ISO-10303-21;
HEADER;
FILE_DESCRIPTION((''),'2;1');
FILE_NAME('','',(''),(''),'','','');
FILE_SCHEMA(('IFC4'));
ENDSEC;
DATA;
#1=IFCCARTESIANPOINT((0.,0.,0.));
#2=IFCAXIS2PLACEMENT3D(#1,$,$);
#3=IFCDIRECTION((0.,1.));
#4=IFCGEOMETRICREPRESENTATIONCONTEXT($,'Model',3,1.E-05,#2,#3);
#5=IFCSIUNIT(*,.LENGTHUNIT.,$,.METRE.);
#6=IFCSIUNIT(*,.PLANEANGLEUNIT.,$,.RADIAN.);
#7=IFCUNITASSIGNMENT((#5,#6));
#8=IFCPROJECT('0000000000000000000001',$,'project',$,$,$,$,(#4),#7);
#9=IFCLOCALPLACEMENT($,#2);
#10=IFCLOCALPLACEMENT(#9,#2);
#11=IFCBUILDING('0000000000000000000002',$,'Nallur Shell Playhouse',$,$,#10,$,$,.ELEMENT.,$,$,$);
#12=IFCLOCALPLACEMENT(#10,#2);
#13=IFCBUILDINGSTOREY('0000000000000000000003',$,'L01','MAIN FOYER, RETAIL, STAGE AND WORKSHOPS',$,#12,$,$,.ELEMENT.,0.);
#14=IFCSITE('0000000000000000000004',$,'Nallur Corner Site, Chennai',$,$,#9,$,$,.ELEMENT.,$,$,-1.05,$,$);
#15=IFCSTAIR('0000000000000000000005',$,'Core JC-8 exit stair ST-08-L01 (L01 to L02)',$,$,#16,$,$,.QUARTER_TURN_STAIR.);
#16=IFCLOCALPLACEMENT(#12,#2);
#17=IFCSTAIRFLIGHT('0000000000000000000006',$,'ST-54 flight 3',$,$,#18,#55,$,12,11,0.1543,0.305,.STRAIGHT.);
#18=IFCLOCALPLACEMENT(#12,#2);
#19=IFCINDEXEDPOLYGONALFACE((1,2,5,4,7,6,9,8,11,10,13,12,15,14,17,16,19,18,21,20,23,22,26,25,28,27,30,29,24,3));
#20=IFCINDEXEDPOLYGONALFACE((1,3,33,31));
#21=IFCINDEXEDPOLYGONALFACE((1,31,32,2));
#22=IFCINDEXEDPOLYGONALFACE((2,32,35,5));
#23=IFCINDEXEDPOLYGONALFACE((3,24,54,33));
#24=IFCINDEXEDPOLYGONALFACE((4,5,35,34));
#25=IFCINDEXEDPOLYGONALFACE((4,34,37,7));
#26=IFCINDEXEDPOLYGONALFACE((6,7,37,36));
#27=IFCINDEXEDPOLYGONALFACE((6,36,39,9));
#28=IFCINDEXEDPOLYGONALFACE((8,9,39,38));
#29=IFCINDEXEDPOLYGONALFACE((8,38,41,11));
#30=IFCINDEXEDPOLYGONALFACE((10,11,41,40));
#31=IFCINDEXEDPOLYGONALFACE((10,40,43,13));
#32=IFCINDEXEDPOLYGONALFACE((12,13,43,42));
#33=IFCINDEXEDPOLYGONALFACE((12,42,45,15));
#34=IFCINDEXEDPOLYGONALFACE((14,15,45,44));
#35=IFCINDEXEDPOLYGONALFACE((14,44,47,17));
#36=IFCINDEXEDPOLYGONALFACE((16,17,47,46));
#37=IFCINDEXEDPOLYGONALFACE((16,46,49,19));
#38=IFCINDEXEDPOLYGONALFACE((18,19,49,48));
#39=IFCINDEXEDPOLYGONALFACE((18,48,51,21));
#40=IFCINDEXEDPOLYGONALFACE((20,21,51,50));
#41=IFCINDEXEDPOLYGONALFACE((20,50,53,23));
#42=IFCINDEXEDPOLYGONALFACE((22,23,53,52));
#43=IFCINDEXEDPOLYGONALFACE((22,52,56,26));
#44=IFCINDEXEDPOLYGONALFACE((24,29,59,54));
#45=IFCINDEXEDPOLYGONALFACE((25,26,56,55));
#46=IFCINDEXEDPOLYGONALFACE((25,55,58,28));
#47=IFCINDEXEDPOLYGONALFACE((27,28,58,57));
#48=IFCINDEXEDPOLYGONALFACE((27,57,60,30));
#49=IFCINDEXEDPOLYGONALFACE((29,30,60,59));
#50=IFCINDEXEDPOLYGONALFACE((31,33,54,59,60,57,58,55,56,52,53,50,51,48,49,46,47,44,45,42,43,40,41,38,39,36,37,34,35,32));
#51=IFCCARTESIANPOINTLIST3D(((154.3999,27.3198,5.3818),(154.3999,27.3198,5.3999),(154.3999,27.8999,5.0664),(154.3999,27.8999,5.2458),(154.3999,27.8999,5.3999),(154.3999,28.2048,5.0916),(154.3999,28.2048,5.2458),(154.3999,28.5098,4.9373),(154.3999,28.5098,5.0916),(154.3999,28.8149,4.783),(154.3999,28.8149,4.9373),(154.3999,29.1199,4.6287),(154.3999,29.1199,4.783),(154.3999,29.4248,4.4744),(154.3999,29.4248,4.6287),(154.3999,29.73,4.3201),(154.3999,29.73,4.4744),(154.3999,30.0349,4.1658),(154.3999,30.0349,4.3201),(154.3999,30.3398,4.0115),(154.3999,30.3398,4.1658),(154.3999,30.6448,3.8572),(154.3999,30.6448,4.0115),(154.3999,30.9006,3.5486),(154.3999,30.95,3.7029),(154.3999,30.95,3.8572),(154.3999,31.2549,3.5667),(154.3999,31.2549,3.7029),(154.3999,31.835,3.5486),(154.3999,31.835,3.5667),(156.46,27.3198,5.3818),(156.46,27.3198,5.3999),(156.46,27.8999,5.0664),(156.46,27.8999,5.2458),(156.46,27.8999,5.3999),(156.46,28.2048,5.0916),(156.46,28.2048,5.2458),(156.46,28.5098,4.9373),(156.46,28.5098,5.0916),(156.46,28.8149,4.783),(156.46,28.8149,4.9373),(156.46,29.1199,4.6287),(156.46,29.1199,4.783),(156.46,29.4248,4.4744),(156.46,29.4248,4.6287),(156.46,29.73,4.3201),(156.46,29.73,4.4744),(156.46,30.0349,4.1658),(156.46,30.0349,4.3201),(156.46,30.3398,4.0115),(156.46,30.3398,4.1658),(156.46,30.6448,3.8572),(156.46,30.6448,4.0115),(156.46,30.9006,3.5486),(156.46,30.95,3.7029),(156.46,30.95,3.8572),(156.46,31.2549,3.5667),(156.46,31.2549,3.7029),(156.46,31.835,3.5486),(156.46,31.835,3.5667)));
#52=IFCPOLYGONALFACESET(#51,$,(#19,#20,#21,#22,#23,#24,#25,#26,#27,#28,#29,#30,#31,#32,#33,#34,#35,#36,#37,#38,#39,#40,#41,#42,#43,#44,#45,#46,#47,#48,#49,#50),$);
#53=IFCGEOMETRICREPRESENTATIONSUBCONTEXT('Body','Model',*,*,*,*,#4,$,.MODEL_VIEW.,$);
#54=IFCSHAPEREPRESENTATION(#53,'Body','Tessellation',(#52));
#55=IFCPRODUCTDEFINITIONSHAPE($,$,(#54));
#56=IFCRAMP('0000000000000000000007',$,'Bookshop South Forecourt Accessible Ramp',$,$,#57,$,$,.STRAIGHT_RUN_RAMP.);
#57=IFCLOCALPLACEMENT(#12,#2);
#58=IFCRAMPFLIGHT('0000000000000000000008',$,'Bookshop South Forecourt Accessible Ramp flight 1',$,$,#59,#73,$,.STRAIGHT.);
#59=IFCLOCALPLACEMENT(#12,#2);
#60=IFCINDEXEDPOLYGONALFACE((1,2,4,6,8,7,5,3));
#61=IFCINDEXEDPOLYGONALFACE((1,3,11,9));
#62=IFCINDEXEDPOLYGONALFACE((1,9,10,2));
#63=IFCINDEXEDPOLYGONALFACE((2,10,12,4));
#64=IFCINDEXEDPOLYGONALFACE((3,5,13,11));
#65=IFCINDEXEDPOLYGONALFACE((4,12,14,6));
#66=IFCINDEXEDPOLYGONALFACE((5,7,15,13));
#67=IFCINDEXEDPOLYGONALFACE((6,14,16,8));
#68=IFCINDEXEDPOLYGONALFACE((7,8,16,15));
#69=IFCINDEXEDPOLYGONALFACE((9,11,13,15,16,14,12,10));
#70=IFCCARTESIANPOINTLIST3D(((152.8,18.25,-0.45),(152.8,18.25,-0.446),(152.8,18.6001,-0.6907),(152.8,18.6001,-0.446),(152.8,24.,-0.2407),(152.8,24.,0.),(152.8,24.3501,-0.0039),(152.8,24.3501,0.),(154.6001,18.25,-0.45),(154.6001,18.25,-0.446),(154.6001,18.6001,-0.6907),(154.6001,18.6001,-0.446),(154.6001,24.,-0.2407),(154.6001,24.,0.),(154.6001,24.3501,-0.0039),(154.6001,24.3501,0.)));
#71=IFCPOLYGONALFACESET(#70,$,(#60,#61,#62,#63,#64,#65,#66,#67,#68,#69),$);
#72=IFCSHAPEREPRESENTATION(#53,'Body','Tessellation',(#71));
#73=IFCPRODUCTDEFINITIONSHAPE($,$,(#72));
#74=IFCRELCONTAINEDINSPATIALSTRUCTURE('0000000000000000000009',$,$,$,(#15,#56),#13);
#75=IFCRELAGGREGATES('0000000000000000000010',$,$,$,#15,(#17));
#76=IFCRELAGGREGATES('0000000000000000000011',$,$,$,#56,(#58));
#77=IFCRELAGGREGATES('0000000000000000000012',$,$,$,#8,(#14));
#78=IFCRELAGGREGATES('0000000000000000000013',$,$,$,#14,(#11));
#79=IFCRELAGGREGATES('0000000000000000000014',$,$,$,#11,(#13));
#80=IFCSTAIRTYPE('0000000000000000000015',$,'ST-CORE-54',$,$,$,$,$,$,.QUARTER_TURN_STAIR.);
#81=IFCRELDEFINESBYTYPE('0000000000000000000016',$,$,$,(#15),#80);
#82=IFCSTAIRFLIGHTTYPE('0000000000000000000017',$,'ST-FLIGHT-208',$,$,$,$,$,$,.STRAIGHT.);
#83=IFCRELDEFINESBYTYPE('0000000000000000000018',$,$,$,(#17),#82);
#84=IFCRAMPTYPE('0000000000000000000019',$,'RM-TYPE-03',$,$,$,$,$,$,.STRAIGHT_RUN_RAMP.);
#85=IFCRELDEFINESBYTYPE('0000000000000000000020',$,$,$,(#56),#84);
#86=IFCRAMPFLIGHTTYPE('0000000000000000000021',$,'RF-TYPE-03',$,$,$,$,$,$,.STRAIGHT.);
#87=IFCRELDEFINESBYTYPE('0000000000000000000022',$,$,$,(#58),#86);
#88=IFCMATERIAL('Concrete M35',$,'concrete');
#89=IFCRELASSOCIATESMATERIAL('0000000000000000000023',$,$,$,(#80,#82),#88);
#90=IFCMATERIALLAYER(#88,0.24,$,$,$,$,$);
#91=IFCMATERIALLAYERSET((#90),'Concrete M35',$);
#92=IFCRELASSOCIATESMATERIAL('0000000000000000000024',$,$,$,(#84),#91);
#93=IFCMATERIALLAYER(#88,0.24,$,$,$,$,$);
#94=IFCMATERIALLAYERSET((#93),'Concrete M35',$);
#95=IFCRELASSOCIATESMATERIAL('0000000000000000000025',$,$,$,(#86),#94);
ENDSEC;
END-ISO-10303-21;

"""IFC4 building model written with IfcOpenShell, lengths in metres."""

from ifc_helpers import new_model, si_unit, direction, frame, origin, place, context, subcontext, project, spatial, polyline, outline, extrude, material, layer, layer_set, type_object, element, aggregate, save


model = new_model("IFC4")

# Units and contexts
model_context = context("Model", 3, precision=1e-05, world=origin(), true_north=direction((0.0, 1.0)))
body_context = subcontext(model_context, "Body", "Model", "MODEL_VIEW")
ifc_project = project(units=[si_unit("LENGTHUNIT", "METRE"), si_unit("PLANEANGLEUNIT", "RADIAN")], contexts=[model_context])

# Site, building, storey
site_placement = place(None, origin())
site = spatial("IfcSite", under=ifc_project, at=site_placement, Name="Nallur Corner Site, Chennai", CompositionType="ELEMENT", RefElevation=-1.05)
building_placement = place(site_placement, origin())
building = spatial("IfcBuilding", under=site, at=building_placement, Name="Nallur Shell Playhouse", CompositionType="ELEMENT")
storey_placement = place(building_placement, origin())
storey = spatial("IfcBuildingStorey", under=building, at=storey_placement, Name="L01", Description="MAIN FOYER, RETAIL, STAGE AND WORKSHOPS", CompositionType="ELEMENT", Elevation=0.0)

# Shared definitions
ifc_material_1 = material(Name="Concrete M35", Category="concrete")

# Stair, stair flight
stair_type = type_object("IfcStairType", Name="ST-CORE-54", PredefinedType="QUARTER_TURN_STAIR", material=ifc_material_1)
stair_placement = place(storey_placement, origin())
stair = element("IfcStair", 1, at=stair_placement, inside=storey, type_object=stair_type, Name="Core JC-8 exit stair ST-08-L01 (L01 to L02)", PredefinedType="QUARTER_TURN_STAIR")
stair_flight_type = type_object("IfcStairFlightType", Name="ST-FLIGHT-208", PredefinedType="STRAIGHT", material=ifc_material_1)
stair_flight_1_placement = place(storey_placement, frame((155.4299, 31.2549, 3.5486), z_axis=(0.0, 0.0, 1.0), x_axis=(0.0, -1.0, 0.0)))
stair_flight_1 = element("IfcStairFlight", 2, at=stair_flight_1_placement, type_object=stair_flight_type, Name="ST-54 flight 3", NumberOfRisers=12, NumberOfTreads=11, PredefinedType="STRAIGHT", RiserHeight=0.1543, TreadLength=0.305, context=body_context, shape_type="SweptSolid", body=[
    extrude(outline(polyline([(-0.5801, 0.0), (-0.5801, 0.0181), (0.0, 0.0181), (0.0, 0.1543), (0.3049, 0.1543), (0.3049, 0.3086), (0.6101, 0.3086), (0.6101, 0.4629), (0.915, 0.4629), (0.915, 0.6172), (1.22, 0.6172), (1.22, 0.7715), (1.5249, 0.7715), (1.5249, 0.9258), (1.8301, 0.9258), (1.8301, 1.0801), (2.135, 1.0801), (2.135, 1.2344), (2.4399, 1.2344), (2.4399, 1.3887), (2.7451, 1.3887), (2.7451, 1.543), (3.05, 1.543), (3.05, 1.6973), (3.355, 1.6973), (3.355, 1.8513), (3.9351, 1.8513), (3.9351, 1.8333), (3.355, 1.5178), (0.3542, 0.0), (-0.5801, 0.0)])), frame((0.0, 1.03, 0.0), z_axis=(0.0, -1.0, 0.0), x_axis=(1.0, 0.0, 0.0)), (0.0, 0.0, 1.0), 2.0601),
])
aggregate(stair, [stair_flight_1])

# Ramp, ramp flight
ifc_layer_1 = layer(ifc_material_1, 0.24)
ifc_layer_set_1 = layer_set([ifc_layer_1], Name="Concrete M35")
ramp_type = type_object("IfcRampType", Name="RM-TYPE-03", PredefinedType="STRAIGHT_RUN_RAMP", material=ifc_layer_set_1)
ramp_placement = place(storey_placement, origin())
ramp = element("IfcRamp", 3, at=ramp_placement, inside=storey, type_object=ramp_type, Name="Bookshop South Forecourt Accessible Ramp", PredefinedType="STRAIGHT_RUN_RAMP")
ifc_layer_2 = layer(ifc_material_1, 0.24)
ifc_layer_set_2 = layer_set([ifc_layer_2], Name="Concrete M35")
ramp_flight_type = type_object("IfcRampFlightType", Name="RF-TYPE-03", PredefinedType="STRAIGHT", material=ifc_layer_set_2)
ramp_flight_placement = place(storey_placement, frame((153.7, 18.6001, -0.45), z_axis=(0.0, 0.0, 1.0), x_axis=(0.0, 1.0, 0.0)))
ramp_flight = element("IfcRampFlight", 4, at=ramp_flight_placement, type_object=ramp_flight_type, Name="Bookshop South Forecourt Accessible Ramp flight 1", PredefinedType="STRAIGHT", context=body_context, shape_type="SweptSolid", body=[
    extrude(outline(polyline([(-0.3501, 0.0), (-0.3501, 0.0039), (0.0, 0.0039), (5.3999, 0.45), (5.75, 0.45), (5.75, 0.446), (5.3999, 0.2092), (0.0, -0.2407), (-0.3501, 0.0)])), frame((0.0, 0.8999, 0.0), z_axis=(0.0, -1.0, 0.0), x_axis=(1.0, 0.0, 0.0)), (0.0, 0.0, 1.0), 1.8),
])
aggregate(ramp, [ramp_flight])

save(model, "model.ifc")
